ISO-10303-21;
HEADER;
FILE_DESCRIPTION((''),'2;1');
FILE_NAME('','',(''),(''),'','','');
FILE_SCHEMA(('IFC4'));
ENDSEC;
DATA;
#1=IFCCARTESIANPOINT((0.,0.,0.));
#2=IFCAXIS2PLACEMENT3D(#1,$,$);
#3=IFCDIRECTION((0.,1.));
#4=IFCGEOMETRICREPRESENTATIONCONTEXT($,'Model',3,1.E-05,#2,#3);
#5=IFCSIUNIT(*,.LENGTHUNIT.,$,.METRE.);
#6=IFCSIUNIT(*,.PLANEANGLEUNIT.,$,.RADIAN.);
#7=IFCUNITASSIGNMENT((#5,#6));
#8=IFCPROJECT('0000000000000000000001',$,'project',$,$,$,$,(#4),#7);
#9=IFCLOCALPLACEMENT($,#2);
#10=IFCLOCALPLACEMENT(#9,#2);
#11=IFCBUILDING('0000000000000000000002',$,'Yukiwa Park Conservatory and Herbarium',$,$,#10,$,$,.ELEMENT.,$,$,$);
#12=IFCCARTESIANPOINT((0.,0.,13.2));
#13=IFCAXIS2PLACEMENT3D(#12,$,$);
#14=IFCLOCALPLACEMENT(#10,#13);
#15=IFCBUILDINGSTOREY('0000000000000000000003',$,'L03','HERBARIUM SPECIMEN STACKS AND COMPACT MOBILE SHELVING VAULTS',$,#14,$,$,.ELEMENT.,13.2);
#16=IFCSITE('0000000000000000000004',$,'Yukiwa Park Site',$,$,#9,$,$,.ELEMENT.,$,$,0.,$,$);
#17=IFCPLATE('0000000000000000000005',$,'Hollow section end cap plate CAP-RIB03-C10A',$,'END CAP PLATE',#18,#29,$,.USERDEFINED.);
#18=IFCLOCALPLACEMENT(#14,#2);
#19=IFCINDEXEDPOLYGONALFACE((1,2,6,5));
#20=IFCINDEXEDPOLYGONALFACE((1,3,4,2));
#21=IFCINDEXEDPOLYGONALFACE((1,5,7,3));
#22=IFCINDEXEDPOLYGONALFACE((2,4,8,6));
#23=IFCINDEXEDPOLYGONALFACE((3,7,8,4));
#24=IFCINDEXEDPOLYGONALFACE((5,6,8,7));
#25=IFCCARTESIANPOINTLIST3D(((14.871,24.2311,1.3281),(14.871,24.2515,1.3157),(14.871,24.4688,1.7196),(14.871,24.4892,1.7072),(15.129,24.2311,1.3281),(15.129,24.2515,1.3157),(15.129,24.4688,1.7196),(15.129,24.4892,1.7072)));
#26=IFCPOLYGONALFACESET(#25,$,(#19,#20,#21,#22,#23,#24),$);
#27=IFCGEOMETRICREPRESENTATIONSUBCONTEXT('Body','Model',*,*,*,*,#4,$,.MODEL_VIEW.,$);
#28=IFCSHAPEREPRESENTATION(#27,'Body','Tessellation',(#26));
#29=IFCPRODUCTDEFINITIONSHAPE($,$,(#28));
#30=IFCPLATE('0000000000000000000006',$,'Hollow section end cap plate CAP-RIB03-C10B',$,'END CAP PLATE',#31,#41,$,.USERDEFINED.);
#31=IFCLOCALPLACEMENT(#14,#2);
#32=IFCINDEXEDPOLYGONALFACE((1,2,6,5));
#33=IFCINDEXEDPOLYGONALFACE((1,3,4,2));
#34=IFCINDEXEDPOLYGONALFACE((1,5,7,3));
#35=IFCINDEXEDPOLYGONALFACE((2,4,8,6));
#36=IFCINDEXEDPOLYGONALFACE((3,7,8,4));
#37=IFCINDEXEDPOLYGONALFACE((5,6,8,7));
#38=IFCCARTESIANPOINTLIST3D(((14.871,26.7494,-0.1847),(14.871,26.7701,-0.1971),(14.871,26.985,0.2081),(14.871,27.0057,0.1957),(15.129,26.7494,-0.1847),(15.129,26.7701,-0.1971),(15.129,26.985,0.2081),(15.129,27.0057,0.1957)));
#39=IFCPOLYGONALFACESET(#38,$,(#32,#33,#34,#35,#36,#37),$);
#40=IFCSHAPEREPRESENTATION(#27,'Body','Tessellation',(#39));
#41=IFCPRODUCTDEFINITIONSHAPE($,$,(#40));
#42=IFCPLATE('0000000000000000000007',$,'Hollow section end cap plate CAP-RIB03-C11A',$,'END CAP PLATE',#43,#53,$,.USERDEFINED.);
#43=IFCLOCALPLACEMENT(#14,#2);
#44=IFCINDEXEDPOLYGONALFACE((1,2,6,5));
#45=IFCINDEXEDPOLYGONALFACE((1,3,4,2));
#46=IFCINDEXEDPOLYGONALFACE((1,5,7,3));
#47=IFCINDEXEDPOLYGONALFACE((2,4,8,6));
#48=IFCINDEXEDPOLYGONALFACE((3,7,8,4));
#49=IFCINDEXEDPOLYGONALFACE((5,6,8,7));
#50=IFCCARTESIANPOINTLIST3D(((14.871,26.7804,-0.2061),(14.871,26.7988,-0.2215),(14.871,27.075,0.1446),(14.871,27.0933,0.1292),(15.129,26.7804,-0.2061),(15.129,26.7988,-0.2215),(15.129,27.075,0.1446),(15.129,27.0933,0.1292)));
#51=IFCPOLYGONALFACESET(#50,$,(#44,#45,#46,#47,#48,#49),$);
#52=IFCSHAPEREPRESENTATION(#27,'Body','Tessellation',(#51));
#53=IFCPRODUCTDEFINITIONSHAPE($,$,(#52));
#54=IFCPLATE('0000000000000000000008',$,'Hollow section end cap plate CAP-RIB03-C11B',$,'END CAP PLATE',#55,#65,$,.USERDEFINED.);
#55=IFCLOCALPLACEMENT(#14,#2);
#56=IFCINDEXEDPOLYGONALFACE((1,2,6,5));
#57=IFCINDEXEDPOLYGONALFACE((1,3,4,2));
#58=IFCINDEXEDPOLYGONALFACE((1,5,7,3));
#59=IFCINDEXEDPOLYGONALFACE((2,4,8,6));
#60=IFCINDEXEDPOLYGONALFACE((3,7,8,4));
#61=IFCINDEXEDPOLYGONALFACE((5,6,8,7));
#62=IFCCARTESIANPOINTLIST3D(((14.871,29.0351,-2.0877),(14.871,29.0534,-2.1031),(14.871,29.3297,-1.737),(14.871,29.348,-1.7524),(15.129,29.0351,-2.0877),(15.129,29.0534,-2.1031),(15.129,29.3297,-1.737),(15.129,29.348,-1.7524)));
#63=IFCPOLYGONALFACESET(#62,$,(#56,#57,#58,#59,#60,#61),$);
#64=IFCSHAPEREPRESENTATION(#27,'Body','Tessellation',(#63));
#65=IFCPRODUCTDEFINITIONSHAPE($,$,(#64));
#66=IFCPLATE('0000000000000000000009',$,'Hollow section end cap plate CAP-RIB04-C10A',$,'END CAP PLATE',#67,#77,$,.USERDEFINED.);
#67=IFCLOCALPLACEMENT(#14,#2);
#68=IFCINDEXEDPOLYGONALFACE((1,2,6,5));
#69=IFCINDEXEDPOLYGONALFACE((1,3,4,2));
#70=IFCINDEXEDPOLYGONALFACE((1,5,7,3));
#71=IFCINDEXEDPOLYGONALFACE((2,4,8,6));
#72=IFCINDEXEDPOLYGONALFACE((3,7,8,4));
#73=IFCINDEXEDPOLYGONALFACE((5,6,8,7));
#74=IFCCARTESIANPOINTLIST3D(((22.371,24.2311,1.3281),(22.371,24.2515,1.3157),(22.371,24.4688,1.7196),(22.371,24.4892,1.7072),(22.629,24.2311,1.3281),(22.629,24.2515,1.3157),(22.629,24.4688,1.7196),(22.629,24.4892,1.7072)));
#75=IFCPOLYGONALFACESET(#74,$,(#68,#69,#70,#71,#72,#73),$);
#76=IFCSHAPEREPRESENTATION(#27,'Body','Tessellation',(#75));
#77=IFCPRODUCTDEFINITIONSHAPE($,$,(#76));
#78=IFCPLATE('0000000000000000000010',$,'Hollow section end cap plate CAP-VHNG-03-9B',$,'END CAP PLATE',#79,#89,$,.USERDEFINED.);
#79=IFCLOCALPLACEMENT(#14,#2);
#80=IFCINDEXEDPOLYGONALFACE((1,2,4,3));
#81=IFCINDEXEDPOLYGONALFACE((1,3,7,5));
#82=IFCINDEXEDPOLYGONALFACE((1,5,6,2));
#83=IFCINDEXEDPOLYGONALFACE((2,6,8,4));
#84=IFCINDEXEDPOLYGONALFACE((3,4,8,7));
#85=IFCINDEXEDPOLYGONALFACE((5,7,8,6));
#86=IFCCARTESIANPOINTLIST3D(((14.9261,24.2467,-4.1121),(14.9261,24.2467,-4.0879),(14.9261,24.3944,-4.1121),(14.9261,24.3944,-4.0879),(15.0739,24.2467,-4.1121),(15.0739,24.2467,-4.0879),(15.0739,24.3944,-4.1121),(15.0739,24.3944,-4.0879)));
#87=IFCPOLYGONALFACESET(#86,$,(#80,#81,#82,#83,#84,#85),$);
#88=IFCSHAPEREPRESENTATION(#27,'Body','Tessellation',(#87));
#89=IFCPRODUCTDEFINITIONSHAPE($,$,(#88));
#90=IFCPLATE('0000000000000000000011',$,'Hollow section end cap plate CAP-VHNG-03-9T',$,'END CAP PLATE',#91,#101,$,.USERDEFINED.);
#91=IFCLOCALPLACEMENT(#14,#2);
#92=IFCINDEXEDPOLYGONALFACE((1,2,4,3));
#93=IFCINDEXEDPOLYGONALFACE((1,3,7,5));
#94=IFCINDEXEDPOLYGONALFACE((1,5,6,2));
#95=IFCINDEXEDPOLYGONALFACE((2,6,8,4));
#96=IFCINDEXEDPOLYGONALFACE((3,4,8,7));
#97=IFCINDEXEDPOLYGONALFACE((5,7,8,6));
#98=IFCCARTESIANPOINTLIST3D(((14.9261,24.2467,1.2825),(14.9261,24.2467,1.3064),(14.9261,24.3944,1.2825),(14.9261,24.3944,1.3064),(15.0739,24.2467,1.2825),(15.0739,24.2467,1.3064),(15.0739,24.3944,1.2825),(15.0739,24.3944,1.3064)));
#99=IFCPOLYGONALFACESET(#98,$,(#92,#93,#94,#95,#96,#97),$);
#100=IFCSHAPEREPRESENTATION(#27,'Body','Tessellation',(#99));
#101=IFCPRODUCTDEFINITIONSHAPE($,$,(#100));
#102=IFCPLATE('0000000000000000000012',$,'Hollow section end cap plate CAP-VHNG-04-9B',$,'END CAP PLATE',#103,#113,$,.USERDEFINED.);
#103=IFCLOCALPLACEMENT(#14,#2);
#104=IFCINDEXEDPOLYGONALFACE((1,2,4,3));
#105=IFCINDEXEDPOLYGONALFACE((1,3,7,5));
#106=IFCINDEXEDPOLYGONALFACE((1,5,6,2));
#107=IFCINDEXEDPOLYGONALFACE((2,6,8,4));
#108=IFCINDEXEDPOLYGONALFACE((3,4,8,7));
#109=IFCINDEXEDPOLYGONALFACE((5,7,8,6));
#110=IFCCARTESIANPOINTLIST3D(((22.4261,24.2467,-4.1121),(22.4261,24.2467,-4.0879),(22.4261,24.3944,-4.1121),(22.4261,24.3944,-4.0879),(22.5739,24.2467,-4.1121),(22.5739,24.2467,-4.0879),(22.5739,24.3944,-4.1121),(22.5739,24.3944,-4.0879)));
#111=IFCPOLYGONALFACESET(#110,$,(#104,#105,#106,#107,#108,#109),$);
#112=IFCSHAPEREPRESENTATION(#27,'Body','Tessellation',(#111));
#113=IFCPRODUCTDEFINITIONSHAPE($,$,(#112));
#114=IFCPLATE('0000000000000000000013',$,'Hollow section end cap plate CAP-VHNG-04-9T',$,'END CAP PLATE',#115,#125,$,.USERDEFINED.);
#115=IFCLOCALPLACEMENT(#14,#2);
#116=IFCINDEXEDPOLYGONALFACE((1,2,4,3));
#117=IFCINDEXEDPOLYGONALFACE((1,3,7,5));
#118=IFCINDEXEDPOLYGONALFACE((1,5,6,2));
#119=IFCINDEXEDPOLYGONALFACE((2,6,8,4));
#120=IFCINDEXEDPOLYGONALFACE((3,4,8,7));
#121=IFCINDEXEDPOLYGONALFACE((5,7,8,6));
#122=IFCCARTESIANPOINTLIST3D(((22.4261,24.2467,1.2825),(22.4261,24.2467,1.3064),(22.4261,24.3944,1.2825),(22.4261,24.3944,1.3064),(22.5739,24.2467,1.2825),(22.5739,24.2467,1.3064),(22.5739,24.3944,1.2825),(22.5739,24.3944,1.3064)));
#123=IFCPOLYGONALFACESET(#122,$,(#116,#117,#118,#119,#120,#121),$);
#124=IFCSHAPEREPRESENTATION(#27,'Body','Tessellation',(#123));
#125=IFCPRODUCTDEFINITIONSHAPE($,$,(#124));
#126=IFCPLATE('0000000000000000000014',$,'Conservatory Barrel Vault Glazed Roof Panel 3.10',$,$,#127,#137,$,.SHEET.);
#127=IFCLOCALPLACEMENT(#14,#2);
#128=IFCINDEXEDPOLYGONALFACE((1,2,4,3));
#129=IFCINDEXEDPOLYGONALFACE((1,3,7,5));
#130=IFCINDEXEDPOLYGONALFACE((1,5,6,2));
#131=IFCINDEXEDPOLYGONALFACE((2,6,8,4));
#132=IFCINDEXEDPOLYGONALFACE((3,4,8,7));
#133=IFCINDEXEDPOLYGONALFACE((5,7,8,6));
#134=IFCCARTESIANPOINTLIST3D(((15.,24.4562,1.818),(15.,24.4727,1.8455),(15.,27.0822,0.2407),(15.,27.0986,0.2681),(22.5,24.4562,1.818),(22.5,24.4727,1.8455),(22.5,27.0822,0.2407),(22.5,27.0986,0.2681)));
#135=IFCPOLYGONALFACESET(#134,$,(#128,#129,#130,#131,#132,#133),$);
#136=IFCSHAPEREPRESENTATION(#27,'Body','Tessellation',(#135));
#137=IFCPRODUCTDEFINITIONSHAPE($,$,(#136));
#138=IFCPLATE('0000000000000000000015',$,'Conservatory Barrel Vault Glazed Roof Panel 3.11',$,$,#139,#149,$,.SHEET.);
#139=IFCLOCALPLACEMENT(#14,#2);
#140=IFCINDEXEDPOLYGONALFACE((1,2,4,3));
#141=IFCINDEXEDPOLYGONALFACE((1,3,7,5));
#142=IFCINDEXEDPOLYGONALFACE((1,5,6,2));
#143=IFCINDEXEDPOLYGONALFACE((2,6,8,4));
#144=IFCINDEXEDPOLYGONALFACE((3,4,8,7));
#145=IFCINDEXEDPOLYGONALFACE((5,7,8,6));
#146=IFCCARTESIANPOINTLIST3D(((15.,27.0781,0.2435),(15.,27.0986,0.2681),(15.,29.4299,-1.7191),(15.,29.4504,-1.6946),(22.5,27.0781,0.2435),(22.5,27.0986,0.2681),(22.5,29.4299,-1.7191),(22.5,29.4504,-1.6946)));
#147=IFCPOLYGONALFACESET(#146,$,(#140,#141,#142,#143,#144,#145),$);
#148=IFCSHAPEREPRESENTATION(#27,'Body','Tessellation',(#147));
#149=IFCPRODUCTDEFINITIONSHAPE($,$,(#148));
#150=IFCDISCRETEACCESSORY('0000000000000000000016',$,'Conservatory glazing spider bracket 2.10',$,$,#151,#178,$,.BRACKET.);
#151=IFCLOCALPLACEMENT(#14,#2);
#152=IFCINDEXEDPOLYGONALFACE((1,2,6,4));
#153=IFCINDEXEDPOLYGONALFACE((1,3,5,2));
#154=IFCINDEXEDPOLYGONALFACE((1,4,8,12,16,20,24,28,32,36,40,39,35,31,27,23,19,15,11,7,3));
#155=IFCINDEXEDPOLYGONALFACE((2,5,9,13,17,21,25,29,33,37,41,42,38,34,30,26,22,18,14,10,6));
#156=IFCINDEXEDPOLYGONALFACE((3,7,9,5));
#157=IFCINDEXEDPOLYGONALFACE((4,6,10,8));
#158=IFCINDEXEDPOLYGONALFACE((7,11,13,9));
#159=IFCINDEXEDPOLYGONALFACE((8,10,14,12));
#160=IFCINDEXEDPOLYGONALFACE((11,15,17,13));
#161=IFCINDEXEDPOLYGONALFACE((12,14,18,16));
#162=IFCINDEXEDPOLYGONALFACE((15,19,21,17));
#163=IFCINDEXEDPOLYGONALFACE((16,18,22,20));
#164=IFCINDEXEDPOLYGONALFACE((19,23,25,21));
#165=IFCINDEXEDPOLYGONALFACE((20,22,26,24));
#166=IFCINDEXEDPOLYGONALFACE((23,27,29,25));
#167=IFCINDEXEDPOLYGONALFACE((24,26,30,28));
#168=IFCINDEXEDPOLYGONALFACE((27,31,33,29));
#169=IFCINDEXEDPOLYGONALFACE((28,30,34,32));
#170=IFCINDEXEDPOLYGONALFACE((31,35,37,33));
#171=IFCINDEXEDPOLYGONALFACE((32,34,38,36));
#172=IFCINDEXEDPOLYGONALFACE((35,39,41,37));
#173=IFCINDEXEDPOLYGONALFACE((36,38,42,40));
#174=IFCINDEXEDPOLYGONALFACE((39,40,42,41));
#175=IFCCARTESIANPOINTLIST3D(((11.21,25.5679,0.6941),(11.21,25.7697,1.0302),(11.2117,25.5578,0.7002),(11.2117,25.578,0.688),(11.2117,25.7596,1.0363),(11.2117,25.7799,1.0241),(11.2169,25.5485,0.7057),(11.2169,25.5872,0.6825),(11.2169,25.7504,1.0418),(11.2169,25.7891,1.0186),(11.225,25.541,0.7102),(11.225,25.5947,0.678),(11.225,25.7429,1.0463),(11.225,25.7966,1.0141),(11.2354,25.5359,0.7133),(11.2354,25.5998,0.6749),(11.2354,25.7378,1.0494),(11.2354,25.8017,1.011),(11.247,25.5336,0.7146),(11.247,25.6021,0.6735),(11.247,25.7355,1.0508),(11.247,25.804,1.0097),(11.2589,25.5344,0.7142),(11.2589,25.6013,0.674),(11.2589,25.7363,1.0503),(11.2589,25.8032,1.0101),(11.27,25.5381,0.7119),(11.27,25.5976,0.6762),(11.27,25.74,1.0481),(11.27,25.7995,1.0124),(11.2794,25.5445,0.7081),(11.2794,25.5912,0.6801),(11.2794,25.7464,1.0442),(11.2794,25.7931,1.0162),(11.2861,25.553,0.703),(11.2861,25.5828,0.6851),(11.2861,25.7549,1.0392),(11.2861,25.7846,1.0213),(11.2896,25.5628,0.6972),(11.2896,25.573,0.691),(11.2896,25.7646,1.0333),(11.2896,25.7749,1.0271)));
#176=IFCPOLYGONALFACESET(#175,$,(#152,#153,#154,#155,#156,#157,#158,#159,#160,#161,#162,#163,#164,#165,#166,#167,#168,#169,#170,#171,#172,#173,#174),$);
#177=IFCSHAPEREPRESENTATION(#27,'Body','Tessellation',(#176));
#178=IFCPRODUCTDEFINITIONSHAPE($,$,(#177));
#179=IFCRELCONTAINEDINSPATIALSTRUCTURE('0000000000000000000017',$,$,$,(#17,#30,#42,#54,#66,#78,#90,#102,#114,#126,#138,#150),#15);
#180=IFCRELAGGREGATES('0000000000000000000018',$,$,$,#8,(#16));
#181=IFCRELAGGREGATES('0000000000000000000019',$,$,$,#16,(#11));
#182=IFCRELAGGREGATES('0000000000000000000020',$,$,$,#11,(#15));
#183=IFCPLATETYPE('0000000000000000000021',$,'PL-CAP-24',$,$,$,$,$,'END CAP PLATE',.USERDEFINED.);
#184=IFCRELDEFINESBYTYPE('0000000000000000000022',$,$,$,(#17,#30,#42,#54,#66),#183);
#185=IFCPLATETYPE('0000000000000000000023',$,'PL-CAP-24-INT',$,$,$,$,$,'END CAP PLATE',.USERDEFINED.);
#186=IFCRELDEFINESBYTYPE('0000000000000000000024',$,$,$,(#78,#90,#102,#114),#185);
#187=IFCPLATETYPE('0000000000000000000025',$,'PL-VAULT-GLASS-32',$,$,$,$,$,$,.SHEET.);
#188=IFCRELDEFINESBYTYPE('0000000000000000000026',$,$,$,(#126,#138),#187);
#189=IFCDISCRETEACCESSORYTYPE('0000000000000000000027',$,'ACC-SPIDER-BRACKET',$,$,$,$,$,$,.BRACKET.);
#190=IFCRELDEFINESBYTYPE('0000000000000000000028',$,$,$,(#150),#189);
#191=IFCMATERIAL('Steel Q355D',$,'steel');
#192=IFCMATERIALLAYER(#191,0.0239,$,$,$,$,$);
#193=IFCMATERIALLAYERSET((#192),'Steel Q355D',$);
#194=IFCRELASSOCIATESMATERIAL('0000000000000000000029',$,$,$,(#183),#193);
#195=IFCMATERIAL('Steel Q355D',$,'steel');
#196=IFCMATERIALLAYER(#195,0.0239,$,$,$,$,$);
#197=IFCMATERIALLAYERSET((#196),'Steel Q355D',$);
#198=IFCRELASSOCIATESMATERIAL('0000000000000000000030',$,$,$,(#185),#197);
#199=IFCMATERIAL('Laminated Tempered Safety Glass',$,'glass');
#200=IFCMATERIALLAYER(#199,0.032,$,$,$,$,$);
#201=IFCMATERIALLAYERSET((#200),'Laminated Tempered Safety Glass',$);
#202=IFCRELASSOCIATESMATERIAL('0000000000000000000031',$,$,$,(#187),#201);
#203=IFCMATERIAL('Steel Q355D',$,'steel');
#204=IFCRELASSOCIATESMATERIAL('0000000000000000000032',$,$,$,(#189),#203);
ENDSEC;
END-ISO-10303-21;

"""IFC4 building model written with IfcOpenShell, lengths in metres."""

from ifc_helpers import new_model, si_unit, direction, frame, origin, origin_2d, place, context, subcontext, project, spatial, polyline, rectangle, circle, outline, extrude, material, layer, layer_set, type_object, element, save


model = new_model("IFC4")

# Units and contexts
model_context = context("Model", 3, precision=1e-05, world=origin(), true_north=direction((0.0, 1.0)))
body_context = subcontext(model_context, "Body", "Model", "MODEL_VIEW")
ifc_project = project(units=[si_unit("LENGTHUNIT", "METRE"), si_unit("PLANEANGLEUNIT", "RADIAN")], contexts=[model_context])

# Site, building, storey
site_placement = place(None, origin())
site = spatial("IfcSite", under=ifc_project, at=site_placement, Name="Yukiwa Park Site", CompositionType="ELEMENT", RefElevation=0.0)
building_placement = place(site_placement, origin())
building = spatial("IfcBuilding", under=site, at=building_placement, Name="Yukiwa Park Conservatory and Herbarium", CompositionType="ELEMENT")
storey_placement = place(building_placement, frame((0.0, 0.0, 13.2)))
storey = spatial("IfcBuildingStorey", under=building, at=storey_placement, Name="L03", Description="HERBARIUM SPECIMEN STACKS AND COMPACT MOBILE SHELVING VAULTS", CompositionType="ELEMENT", Elevation=13.2)

# Plates
ifc_material_1 = material(Name="Steel Q355D", Category="steel")
ifc_layer_1 = layer(ifc_material_1, 0.0239)
ifc_layer_set_1 = layer_set([ifc_layer_1], Name="Steel Q355D")
plate_type_1 = type_object("IfcPlateType", Name="PL-CAP-24", ElementType="END CAP PLATE", PredefinedType="USERDEFINED", material=ifc_layer_set_1)
plate_1_placement = place(storey_placement, frame((15.0, 24.3704, 1.5115), z_axis=(0.0, -0.854788, 0.518978), x_axis=(1.0, 0.0, 0.0)))
element("IfcPlate", 1, at=plate_1_placement, inside=storey, type_object=plate_type_1, Name="Hollow section end cap plate CAP-RIB03-C10A", ObjectType="END CAP PLATE", PredefinedType="USERDEFINED", context=body_context, shape_type="SweptSolid", body=[
    extrude(rectangle(XDim=0.2581, YDim=0.458, at=origin_2d()), origin(), (0.0, 0.0, 1.0), 0.0239),
])
plate_2_placement = place(storey_placement, frame((15.0, 26.8672, 0.0117), z_axis=(0.0, 0.857493, -0.514496), x_axis=(-1.0, 0.0, 0.0)))
element("IfcPlate", 2, at=plate_2_placement, inside=storey, type_object=plate_type_1, Name="Hollow section end cap plate CAP-RIB03-C10B", ObjectType="END CAP PLATE", PredefinedType="USERDEFINED", context=body_context, shape_type="SweptSolid", body=[
    extrude(rectangle(XDim=0.2581, YDim=0.458, at=origin_2d()), origin(), (0.0, 0.0, 1.0), 0.0242),
])
for number, where, z_axis, x_axis, name in (
    (3, (15.0, 26.946, -0.0461), (0.0, -0.765705, 0.643192), (1.0, 0.0, 0.0), "Hollow section end cap plate CAP-RIB03-C11A"),
    (4, (15.0, 29.1824, -1.9124), (0.0, 0.765705, -0.643192), (-1.0, 0.0, 0.0), "Hollow section end cap plate CAP-RIB03-C11B"),
    (5, (22.5, 24.3704, 1.5115), (0.0, -0.854788, 0.518978), (1.0, 0.0, 0.0), "Hollow section end cap plate CAP-RIB04-C10A"),
):
    element("IfcPlate", number, at=place(storey_placement, frame(where, z_axis=z_axis, x_axis=x_axis)), inside=storey, type_object=plate_type_1, Name=name, ObjectType="END CAP PLATE", PredefinedType="USERDEFINED", context=body_context, shape_type="SweptSolid", body=[
        extrude(rectangle(XDim=0.2581, YDim=0.458, at=origin_2d()), origin(), (0.0, 0.0, 1.0), 0.0239),
    ])
ifc_material_2 = material(Name="Steel Q355D", Category="steel")
ifc_layer_2 = layer(ifc_material_2, 0.0239)
ifc_layer_set_2 = layer_set([ifc_layer_2], Name="Steel Q355D")
plate_type_2 = type_object("IfcPlateType", Name="PL-CAP-24-INT", ElementType="END CAP PLATE", PredefinedType="USERDEFINED", material=ifc_layer_set_2)
plate_3_placement = place(storey_placement, frame((15.0, 24.3206, -4.0879), z_axis=(0.0, 0.0, -1.0), x_axis=(1.0, 0.0, 0.0)))
element("IfcPlate", 6, at=plate_3_placement, inside=storey, type_object=plate_type_2, Name="Hollow section end cap plate CAP-VHNG-03-9B", ObjectType="END CAP PLATE", PredefinedType="USERDEFINED", context=body_context, shape_type="SweptSolid", body=[
    extrude(rectangle(XDim=0.1477, YDim=0.1477, at=origin_2d()), origin(), (0.0, 0.0, 1.0), 0.0242),
])
plate_4_placement = place(storey_placement, frame((15.0, 24.3206, 1.2825), z_axis=(0.0, 0.0, 1.0), x_axis=(1.0, 0.0, 0.0)))
element("IfcPlate", 7, at=plate_4_placement, inside=storey, type_object=plate_type_2, Name="Hollow section end cap plate CAP-VHNG-03-9T", ObjectType="END CAP PLATE", PredefinedType="USERDEFINED", context=body_context, shape_type="SweptSolid", body=[
    extrude(rectangle(XDim=0.1477, YDim=0.1477, at=origin_2d()), origin(), (0.0, 0.0, 1.0), 0.0239),
])
plate_5_placement = place(storey_placement, frame((22.5, 24.3206, -4.0879), z_axis=(0.0, 0.0, -1.0), x_axis=(1.0, 0.0, 0.0)))
element("IfcPlate", 8, at=plate_5_placement, inside=storey, type_object=plate_type_2, Name="Hollow section end cap plate CAP-VHNG-04-9B", ObjectType="END CAP PLATE", PredefinedType="USERDEFINED", context=body_context, shape_type="SweptSolid", body=[
    extrude(rectangle(XDim=0.1477, YDim=0.1477, at=origin_2d()), origin(), (0.0, 0.0, 1.0), 0.0242),
])
plate_6_placement = place(storey_placement, frame((22.5, 24.3206, 1.2825), z_axis=(0.0, 0.0, 1.0), x_axis=(1.0, 0.0, 0.0)))
element("IfcPlate", 9, at=plate_6_placement, inside=storey, type_object=plate_type_2, Name="Hollow section end cap plate CAP-VHNG-04-9T", ObjectType="END CAP PLATE", PredefinedType="USERDEFINED", context=body_context, shape_type="SweptSolid", body=[
    extrude(rectangle(XDim=0.1477, YDim=0.1477, at=origin_2d()), origin(), (0.0, 0.0, 1.0), 0.0239),
])
ifc_material_3 = material(Name="Laminated Tempered Safety Glass", Category="glass")
ifc_layer_3 = layer(ifc_material_3, 0.032)
ifc_layer_set_3 = layer_set([ifc_layer_3], Name="Laminated Tempered Safety Glass")
plate_type_3 = type_object("IfcPlateType", Name="PL-VAULT-GLASS-32", PredefinedType="SHEET", material=ifc_layer_set_3)
plate_7_placement = place(storey_placement, frame((15.0, 24.4727, 1.8455), z_axis=(0.0, 0.514929, 0.857233), x_axis=(1.0, 0.0, 0.0)))
element("IfcPlate", 10, at=plate_7_placement, inside=storey, type_object=plate_type_3, Name="Conservatory Barrel Vault Glazed Roof Panel 3.10", PredefinedType="SHEET", context=body_context, shape_type="SweptSolid", body=[
    extrude(outline(polyline([(0.0, 0.0), (7.5, 0.0), (7.5, 3.0633), (0.0, 3.0633), (0.0, 0.0)])), origin(), (0.0, 0.0, -1.0), 0.032),
])
plate_8_placement = place(storey_placement, frame((15.0, 27.0986, 0.2681), z_axis=(0.0, 0.640725, 0.76777), x_axis=(1.0, 0.0, 0.0)))
element("IfcPlate", 11, at=plate_8_placement, inside=storey, type_object=plate_type_3, Name="Conservatory Barrel Vault Glazed Roof Panel 3.11", PredefinedType="SHEET", context=body_context, shape_type="SweptSolid", body=[
    extrude(outline(polyline([(0.0, 0.0), (7.5, 0.0), (7.5, 3.0632), (0.0, 3.0632), (0.0, 0.0)])), origin(), (0.0, 0.0, -1.0), 0.032),
])

# Discrete accessory
ifc_material_4 = material(Name="Steel Q355D", Category="steel")
discrete_accessory_type = type_object("IfcDiscreteAccessoryType", Name="ACC-SPIDER-BRACKET", PredefinedType="BRACKET", material=ifc_material_4)
for number, where, z_axis, x_axis, name in (
    (12, (11.25, 25.5679, 0.6941), (0.0, 0.514862, 0.857273), (-1.0, 0.0, 0.0), "Conservatory glazing spider bracket 2.10"),
):
    element("IfcDiscreteAccessory", number, at=place(storey_placement, frame(where, z_axis=z_axis, x_axis=x_axis)), inside=storey, type_object=discrete_accessory_type, Name=name, PredefinedType="BRACKET", context=body_context, shape_type="SweptSolid", body=[
        extrude(circle(Radius=0.04, at=origin_2d()), origin(), (0.0, 0.0, 1.0), 0.3921),
    ])

save(model, "model.ifc")
